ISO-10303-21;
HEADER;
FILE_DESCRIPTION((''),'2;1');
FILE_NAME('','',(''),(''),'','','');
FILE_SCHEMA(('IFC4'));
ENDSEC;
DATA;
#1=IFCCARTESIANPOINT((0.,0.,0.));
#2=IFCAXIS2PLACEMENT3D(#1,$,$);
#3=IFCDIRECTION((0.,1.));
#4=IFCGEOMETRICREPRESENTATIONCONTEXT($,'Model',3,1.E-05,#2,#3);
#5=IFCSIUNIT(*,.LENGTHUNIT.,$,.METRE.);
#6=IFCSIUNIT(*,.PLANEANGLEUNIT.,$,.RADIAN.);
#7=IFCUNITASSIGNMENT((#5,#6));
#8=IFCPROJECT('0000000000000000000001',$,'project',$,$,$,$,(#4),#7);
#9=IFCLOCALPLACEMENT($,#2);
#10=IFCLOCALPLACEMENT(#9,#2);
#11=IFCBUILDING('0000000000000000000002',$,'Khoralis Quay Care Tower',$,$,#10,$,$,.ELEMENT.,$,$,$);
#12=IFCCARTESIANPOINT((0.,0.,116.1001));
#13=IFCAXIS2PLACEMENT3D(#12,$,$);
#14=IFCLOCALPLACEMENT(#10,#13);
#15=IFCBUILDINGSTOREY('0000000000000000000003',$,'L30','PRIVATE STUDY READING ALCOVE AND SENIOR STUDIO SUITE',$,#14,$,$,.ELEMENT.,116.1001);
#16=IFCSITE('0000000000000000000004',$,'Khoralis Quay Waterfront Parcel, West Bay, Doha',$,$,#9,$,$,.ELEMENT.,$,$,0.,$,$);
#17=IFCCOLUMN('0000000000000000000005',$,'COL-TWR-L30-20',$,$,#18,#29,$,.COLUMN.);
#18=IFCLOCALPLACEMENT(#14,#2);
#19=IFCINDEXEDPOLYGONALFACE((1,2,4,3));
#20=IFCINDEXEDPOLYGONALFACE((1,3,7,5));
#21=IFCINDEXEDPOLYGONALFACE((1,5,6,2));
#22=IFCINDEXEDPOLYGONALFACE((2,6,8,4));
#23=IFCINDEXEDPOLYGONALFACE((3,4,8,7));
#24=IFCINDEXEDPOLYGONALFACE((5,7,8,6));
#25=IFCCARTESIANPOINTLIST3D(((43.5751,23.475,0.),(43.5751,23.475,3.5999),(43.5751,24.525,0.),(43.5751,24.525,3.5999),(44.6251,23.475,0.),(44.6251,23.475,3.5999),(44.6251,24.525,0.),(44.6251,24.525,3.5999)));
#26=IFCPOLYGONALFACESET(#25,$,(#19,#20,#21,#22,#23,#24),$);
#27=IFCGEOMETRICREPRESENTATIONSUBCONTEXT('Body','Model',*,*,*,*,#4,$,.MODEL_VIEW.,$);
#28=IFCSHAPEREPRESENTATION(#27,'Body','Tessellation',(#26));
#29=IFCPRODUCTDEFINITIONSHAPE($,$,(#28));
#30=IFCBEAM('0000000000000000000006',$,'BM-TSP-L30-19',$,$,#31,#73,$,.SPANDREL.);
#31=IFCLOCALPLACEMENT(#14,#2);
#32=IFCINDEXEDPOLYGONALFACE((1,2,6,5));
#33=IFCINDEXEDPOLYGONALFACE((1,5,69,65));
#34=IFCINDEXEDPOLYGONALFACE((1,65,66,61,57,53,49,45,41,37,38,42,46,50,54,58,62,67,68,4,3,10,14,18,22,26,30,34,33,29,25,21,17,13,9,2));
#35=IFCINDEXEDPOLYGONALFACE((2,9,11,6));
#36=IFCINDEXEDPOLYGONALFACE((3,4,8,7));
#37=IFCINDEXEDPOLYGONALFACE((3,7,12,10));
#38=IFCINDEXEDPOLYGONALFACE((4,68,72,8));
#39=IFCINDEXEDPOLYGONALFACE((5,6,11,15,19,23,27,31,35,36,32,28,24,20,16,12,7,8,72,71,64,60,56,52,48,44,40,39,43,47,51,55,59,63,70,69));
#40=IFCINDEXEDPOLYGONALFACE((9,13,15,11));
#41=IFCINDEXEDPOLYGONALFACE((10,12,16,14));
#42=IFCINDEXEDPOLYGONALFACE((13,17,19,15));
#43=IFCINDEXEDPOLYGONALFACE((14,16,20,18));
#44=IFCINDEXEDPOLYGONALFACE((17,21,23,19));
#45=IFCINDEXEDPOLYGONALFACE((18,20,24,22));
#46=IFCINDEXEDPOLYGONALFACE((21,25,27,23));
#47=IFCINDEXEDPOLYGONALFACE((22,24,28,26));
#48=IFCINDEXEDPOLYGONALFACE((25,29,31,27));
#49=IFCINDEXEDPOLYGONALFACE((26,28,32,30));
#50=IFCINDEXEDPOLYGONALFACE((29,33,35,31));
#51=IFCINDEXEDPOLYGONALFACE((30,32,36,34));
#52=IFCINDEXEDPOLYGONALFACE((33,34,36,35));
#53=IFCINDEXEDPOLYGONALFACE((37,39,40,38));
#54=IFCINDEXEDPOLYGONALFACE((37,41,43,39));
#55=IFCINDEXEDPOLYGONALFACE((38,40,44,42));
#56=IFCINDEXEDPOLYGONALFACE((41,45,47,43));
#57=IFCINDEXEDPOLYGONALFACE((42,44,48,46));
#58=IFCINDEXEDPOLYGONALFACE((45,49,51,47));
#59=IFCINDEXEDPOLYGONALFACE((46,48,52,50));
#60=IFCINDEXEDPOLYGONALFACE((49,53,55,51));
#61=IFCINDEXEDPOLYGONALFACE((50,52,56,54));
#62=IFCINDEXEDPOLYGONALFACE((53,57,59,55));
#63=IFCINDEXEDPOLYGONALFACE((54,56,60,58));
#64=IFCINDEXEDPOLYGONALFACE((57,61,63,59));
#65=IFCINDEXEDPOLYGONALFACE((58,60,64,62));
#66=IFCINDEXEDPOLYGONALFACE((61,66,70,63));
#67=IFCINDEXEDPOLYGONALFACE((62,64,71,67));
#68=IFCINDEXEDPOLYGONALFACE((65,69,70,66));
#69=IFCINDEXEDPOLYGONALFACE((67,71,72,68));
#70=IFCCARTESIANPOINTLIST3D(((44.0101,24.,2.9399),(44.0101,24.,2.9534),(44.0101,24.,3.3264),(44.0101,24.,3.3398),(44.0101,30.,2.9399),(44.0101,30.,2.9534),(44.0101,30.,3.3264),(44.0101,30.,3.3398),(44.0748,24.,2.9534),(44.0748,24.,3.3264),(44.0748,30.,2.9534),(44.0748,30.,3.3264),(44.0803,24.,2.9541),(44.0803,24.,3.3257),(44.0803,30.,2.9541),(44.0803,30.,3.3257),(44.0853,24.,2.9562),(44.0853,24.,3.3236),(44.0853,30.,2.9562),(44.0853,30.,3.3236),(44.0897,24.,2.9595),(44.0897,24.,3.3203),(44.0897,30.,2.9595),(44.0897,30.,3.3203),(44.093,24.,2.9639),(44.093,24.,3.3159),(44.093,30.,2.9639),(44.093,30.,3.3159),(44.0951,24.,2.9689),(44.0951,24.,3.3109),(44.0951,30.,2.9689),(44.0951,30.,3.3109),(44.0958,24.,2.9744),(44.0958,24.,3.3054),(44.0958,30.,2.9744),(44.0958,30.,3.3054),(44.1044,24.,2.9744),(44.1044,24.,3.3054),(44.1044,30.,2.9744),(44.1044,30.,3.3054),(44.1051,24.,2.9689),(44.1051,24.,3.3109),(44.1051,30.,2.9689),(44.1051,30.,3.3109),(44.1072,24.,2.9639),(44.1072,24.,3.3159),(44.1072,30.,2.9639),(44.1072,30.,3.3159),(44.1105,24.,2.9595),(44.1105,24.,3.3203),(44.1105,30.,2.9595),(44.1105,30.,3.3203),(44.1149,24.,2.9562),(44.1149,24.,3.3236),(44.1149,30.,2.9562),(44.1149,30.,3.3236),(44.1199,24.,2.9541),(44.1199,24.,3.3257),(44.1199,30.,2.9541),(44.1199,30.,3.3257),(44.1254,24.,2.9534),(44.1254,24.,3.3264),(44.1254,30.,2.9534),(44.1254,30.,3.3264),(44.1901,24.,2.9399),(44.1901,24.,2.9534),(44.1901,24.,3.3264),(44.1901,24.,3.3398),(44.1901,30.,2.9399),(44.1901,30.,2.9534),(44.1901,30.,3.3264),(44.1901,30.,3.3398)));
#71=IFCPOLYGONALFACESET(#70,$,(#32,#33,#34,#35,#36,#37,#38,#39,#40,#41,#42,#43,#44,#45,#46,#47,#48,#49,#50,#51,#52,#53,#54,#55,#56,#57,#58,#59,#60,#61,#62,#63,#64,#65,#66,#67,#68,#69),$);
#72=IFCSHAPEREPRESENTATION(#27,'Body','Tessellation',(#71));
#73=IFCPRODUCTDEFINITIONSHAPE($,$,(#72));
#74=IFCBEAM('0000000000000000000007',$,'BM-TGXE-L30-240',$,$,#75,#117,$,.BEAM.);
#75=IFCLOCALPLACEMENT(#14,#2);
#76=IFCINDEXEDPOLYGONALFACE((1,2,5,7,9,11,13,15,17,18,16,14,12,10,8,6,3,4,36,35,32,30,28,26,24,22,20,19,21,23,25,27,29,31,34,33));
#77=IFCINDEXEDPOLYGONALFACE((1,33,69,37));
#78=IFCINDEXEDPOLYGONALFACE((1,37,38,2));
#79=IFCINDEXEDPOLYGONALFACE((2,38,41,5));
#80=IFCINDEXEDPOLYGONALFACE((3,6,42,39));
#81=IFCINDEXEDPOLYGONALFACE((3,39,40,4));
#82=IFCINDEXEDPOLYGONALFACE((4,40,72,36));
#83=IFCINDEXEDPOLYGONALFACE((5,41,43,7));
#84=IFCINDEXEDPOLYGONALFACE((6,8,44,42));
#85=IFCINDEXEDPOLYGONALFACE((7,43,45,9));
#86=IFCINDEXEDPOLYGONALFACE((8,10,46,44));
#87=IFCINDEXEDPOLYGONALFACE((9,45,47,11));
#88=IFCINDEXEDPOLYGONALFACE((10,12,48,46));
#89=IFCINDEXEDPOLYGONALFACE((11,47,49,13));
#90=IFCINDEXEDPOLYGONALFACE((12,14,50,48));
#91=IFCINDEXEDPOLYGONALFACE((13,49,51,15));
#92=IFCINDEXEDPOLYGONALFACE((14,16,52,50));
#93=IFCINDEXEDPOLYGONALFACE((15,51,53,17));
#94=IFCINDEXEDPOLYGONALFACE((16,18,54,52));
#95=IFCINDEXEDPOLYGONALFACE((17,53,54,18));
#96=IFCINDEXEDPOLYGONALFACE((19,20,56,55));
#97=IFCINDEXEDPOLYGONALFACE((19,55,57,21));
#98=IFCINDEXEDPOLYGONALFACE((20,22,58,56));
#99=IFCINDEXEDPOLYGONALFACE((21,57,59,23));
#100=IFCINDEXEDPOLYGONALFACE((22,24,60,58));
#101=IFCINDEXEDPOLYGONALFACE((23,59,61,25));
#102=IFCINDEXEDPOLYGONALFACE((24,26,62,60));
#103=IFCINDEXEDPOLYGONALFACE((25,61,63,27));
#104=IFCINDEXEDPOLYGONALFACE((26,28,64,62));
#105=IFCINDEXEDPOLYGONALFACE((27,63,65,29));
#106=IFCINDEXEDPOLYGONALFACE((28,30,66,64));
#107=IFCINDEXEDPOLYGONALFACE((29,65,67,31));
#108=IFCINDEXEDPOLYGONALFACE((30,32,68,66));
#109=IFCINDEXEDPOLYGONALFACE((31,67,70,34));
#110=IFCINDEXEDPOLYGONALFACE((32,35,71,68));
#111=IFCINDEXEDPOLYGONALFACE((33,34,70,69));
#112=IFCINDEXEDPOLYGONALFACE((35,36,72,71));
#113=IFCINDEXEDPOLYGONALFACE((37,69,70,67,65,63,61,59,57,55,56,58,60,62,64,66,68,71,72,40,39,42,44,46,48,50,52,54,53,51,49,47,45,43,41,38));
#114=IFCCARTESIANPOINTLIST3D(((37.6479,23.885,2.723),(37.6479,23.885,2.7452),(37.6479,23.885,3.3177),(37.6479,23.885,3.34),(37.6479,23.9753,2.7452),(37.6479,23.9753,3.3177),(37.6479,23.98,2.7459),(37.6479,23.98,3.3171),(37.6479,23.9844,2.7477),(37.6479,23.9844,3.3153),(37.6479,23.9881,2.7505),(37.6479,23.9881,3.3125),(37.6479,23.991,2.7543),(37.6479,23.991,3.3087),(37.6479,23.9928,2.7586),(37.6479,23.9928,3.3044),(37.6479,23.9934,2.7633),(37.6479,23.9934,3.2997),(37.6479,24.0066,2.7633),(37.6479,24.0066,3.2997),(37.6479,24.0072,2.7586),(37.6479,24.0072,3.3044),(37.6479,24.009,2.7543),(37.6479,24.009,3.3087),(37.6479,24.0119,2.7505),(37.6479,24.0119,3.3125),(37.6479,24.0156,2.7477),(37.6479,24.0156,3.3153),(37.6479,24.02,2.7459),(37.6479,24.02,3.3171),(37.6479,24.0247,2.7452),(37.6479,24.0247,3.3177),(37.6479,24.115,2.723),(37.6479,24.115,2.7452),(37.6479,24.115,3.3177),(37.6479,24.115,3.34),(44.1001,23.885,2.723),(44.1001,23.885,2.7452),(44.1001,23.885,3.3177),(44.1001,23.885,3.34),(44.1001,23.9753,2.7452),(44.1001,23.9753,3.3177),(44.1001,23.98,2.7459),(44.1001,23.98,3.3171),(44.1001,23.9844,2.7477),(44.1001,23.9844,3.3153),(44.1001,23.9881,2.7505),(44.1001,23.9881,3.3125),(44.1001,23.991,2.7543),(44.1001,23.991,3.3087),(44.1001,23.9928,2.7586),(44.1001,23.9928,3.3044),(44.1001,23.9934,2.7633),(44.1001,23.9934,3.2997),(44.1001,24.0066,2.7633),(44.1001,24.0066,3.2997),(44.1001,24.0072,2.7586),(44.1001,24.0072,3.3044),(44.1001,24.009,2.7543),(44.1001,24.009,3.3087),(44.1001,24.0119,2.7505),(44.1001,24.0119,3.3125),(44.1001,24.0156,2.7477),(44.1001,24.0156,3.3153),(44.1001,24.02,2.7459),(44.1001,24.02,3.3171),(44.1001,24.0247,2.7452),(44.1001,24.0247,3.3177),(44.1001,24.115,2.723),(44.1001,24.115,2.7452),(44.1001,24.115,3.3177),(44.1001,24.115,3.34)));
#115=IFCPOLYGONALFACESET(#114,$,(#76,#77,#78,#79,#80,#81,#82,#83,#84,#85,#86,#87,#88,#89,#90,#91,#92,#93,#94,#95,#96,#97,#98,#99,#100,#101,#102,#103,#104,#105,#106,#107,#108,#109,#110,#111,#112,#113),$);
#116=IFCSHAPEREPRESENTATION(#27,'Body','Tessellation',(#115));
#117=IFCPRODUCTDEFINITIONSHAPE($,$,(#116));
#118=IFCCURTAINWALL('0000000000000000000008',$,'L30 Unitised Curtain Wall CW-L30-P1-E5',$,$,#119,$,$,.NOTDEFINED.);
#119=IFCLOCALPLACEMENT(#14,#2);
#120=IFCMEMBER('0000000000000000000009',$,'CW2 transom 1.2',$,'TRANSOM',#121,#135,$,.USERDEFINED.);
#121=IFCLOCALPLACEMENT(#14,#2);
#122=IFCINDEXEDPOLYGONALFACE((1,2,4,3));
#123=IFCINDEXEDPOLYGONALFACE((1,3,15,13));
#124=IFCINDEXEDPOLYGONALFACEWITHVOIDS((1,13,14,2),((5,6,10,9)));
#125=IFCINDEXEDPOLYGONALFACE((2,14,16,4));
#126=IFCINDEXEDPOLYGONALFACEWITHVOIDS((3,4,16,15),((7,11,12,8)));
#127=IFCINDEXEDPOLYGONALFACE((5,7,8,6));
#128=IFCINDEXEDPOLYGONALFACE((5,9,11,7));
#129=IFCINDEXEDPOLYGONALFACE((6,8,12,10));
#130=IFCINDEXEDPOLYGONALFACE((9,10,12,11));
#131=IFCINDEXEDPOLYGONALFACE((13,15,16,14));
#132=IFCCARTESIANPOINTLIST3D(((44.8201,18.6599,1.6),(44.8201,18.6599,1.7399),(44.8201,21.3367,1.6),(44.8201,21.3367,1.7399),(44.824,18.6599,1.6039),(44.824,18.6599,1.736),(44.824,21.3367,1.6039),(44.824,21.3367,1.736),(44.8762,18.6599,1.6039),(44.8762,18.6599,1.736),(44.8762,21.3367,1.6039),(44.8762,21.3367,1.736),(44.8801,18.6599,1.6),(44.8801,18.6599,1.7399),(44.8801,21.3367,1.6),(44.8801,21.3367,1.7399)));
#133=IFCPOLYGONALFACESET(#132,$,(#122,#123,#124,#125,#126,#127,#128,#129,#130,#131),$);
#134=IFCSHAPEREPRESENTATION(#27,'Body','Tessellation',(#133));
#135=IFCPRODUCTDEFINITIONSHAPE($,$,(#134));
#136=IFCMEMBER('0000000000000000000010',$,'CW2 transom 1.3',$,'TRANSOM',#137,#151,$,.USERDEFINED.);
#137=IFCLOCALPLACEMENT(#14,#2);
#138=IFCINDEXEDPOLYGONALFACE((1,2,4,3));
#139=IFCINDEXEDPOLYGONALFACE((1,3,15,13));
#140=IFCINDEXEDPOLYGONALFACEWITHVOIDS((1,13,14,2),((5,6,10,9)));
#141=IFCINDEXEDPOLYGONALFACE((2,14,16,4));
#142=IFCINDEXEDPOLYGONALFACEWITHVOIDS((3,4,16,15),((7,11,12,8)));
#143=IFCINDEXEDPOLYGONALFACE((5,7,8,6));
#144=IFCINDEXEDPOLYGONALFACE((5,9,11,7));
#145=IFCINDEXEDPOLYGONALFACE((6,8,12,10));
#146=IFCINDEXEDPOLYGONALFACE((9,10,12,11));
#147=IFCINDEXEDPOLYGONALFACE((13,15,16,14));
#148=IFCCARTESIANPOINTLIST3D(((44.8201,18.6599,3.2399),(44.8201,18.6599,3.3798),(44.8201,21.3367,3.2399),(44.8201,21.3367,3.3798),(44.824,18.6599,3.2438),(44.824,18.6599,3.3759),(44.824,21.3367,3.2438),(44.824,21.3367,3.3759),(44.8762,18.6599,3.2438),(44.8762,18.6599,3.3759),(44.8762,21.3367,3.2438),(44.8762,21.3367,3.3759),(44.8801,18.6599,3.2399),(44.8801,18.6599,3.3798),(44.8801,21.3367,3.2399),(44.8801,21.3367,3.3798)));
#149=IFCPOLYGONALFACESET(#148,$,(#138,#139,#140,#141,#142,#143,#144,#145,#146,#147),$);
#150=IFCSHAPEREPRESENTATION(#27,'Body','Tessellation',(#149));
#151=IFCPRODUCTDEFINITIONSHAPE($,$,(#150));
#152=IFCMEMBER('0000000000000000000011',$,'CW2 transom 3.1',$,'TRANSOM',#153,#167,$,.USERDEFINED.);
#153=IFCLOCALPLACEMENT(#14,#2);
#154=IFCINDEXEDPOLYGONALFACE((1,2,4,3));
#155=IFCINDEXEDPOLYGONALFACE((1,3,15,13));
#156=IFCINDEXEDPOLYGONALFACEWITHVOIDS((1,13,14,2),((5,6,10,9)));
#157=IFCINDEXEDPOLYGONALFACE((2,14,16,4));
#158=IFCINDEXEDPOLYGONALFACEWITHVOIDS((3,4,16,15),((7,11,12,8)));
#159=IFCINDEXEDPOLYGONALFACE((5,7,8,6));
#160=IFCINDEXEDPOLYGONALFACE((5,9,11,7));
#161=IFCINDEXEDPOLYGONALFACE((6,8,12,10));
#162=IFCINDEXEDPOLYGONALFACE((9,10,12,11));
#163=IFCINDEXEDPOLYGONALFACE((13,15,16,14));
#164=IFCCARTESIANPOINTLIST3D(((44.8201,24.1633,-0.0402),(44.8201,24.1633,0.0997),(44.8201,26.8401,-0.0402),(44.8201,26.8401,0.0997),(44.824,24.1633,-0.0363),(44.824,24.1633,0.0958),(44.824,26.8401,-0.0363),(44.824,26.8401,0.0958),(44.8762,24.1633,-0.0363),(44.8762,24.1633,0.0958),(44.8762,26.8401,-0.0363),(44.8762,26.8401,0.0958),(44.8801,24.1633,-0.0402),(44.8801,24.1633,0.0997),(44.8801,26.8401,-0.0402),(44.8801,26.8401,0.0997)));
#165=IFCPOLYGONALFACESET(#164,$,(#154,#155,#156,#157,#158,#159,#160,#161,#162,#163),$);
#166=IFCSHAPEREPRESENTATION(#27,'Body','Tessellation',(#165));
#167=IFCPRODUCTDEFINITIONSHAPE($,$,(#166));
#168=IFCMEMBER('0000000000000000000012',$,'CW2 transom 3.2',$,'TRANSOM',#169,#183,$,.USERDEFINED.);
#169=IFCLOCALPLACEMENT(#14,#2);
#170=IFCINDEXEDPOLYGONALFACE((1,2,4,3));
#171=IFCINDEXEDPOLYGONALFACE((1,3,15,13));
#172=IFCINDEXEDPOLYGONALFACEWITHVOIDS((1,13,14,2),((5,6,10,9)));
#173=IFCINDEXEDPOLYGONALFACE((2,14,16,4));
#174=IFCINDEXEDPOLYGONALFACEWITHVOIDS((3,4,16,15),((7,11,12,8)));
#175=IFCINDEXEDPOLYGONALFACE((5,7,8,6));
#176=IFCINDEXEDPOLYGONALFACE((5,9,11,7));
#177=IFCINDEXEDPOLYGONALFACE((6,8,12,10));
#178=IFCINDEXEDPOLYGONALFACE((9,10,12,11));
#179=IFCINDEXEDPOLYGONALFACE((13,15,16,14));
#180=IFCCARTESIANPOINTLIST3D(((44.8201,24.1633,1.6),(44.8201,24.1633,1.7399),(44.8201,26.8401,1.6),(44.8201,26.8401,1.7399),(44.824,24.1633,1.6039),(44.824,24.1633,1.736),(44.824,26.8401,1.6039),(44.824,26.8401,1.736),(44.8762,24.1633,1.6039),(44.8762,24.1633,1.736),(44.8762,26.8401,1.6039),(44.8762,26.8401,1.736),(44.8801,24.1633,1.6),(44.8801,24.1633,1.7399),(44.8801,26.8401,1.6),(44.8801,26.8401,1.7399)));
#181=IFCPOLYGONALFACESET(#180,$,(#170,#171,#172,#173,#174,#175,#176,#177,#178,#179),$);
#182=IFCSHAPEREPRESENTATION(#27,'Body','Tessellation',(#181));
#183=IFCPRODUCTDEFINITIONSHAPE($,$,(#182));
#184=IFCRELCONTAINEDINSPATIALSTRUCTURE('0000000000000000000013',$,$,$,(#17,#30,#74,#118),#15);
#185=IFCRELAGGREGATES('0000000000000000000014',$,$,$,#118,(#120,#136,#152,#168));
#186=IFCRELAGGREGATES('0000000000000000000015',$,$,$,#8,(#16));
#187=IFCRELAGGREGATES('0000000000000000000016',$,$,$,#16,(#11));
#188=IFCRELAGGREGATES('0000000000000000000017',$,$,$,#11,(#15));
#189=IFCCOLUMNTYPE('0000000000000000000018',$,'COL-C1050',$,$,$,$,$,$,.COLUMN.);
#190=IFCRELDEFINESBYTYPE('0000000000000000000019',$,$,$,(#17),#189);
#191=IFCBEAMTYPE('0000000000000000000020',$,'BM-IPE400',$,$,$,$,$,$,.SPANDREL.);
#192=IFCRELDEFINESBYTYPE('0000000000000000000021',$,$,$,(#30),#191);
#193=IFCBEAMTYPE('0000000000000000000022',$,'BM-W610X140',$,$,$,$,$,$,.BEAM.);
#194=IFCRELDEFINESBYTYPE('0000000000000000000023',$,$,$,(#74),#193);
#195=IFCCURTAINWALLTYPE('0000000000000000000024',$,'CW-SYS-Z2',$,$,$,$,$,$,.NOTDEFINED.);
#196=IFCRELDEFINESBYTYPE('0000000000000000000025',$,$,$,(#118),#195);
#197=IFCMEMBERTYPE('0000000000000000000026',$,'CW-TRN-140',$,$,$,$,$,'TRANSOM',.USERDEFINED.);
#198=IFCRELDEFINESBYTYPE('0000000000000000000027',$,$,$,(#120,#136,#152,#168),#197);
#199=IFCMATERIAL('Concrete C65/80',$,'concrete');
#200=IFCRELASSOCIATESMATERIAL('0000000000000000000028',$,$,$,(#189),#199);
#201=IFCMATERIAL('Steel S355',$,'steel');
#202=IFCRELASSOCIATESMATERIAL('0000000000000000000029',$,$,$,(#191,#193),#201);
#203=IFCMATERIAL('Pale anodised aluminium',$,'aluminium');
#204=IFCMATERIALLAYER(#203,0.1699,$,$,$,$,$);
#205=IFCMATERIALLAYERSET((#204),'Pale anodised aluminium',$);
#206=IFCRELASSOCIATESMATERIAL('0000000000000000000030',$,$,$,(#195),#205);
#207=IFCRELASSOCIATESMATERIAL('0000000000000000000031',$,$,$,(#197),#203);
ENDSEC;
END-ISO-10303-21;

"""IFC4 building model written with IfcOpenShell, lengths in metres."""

from ifc_helpers import new_model, si_unit, direction, frame, origin, origin_2d, place, context, subcontext, project, spatial, rectangle, hollow_rectangle, i_section, extrude, source, transform, mapped, material, layer, layer_set, material_profile, profile_set, type_object, element, aggregate, save


model = new_model("IFC4")

# Units and contexts
model_context = context("Model", 3, precision=1e-05, world=origin(), true_north=direction((0.0, 1.0)))
body_context = subcontext(model_context, "Body", "Model", "MODEL_VIEW")
ifc_project = project(units=[si_unit("LENGTHUNIT", "METRE"), si_unit("PLANEANGLEUNIT", "RADIAN")], contexts=[model_context])

# Site, building, storey
site_placement = place(None, origin())
site = spatial("IfcSite", under=ifc_project, at=site_placement, Name="Khoralis Quay Waterfront Parcel, West Bay, Doha", CompositionType="ELEMENT", RefElevation=0.0)
building_placement = place(site_placement, origin())
building = spatial("IfcBuilding", under=site, at=building_placement, Name="Khoralis Quay Care Tower", CompositionType="ELEMENT")
storey_placement = place(building_placement, frame((0.0, 0.0, 116.1001)))
storey = spatial("IfcBuildingStorey", under=building, at=storey_placement, Name="L30", Description="PRIVATE STUDY READING ALCOVE AND SENIOR STUDIO SUITE", CompositionType="ELEMENT", Elevation=116.1001)

# Column
ifc_material_1 = material(Name="Concrete C65/80", Category="concrete")
ifc_material_profile_1 = material_profile(ifc_material_1, rectangle(XDim=1.05, YDim=1.05, at=origin_2d()), Name="Concrete C65/80")
ifc_profile_set_1 = profile_set([ifc_material_profile_1], Name="Concrete C65/80")
column_type = type_object("IfcColumnType", Name="COL-C1050", PredefinedType="COLUMN", material=ifc_profile_set_1)
shared_shape_1 = source(origin(), body_context, "Body", "SweptSolid", [
    extrude(rectangle(XDim=1.05, YDim=1.05, at=origin_2d()), origin(), (0.0, 0.0, 1.0), 3.5999),
])
column_placement = place(storey_placement, frame((44.1001, 24.0, 0.0), z_axis=(0.0, 0.0, 1.0), x_axis=(1.0, 0.0, 0.0)))
element("IfcColumn", 1, at=column_placement, inside=storey, type_object=column_type, Name="COL-TWR-L30-20", PredefinedType="COLUMN", context=body_context, shape_type="MappedRepresentation", body=[
    mapped(shared_shape_1, transform((0.0, 0.0, 0.0), scale=1.0)),
])

# Beams
ifc_material_2 = material(Name="Steel S355", Category="steel")
ifc_material_profile_2 = material_profile(ifc_material_2, i_section(OverallWidth=0.1799, OverallDepth=0.3999, WebThickness=0.0085, FlangeThickness=0.0134, FilletRadius=0.021, at=origin_2d()), Name="Steel S355")
ifc_profile_set_2 = profile_set([ifc_material_profile_2], Name="Steel S355")
beam_type_1 = type_object("IfcBeamType", Name="BM-IPE400", PredefinedType="SPANDREL", material=ifc_profile_set_2)
shared_shape_2 = source(origin(), body_context, "Body", "SweptSolid", [
    extrude(i_section(OverallWidth=0.1799, OverallDepth=0.3999, WebThickness=0.0085, FlangeThickness=0.0134, FilletRadius=0.021, at=origin_2d()), origin(), (0.0, 0.0, 1.0), 6.0),
])
beam_1_placement = place(storey_placement, frame((44.1001, 24.0, 3.1399), z_axis=(0.0, 1.0, 0.0), x_axis=(-1.0, 0.0, 0.0)))
element("IfcBeam", 2, at=beam_1_placement, inside=storey, type_object=beam_type_1, Name="BM-TSP-L30-19", PredefinedType="SPANDREL", context=body_context, shape_type="MappedRepresentation", body=[
    mapped(shared_shape_2, transform((0.0, 0.0, 0.0), scale=1.0)),
])
ifc_material_profile_3 = material_profile(ifc_material_2, i_section(OverallWidth=0.23, OverallDepth=0.6169, WebThickness=0.0132, FlangeThickness=0.0222, FilletRadius=0.0181, at=origin_2d()), Name="Steel S355")
ifc_profile_set_3 = profile_set([ifc_material_profile_3], Name="Steel S355")
beam_type_2 = type_object("IfcBeamType", Name="BM-W610X140", PredefinedType="BEAM", material=ifc_profile_set_3)
shared_shape_3 = source(origin(), body_context, "Body", "SweptSolid", [
    extrude(i_section(OverallWidth=0.23, OverallDepth=0.6169, WebThickness=0.0132, FlangeThickness=0.0222, FilletRadius=0.0181, at=origin_2d()), origin(), (0.0, 0.0, 1.0), 6.4521),
])
beam_2_placement = place(storey_placement, frame((37.6479, 24.0, 3.0315), z_axis=(1.0, 0.0, 0.0), x_axis=(0.0, 1.0, 0.0)))
element("IfcBeam", 3, at=beam_2_placement, inside=storey, type_object=beam_type_2, Name="BM-TGXE-L30-240", PredefinedType="BEAM", context=body_context, shape_type="MappedRepresentation", body=[
    mapped(shared_shape_3, transform((0.0, 0.0, 0.0), scale=1.0)),
])

# Curtain wall, members
ifc_material_3 = material(Name="Pale anodised aluminium", Category="aluminium")
ifc_layer_1 = layer(ifc_material_3, 0.1699)
ifc_layer_set_1 = layer_set([ifc_layer_1], Name="Pale anodised aluminium")
curtain_wall_type = type_object("IfcCurtainWallType", Name="CW-SYS-Z2", PredefinedType="NOTDEFINED", material=ifc_layer_set_1)
curtain_wall_placement = place(storey_placement, origin())
curtain_wall = element("IfcCurtainWall", 4, at=curtain_wall_placement, inside=storey, type_object=curtain_wall_type, Name="L30 Unitised Curtain Wall CW-L30-P1-E5", PredefinedType="NOTDEFINED")
ifc_material_profile_4 = material_profile(ifc_material_3, hollow_rectangle(XDim=0.0601, YDim=0.1399, WallThickness=0.0039, at=origin_2d()), Name="Pale anodised aluminium")
ifc_profile_set_4 = profile_set([ifc_material_profile_4], Name="Pale anodised aluminium")
member_type_1 = type_object("IfcMemberType", Name="CW-TRN-140", ElementType="TRANSOM", PredefinedType="USERDEFINED", material=ifc_profile_set_4)
shared_shape_4 = source(origin(), body_context, "Body", "SweptSolid", [
    extrude(hollow_rectangle(XDim=0.0601, YDim=0.1399, WallThickness=0.0039, at=origin_2d()), origin(), (0.0, 0.0, 1.0), 2.6768),
])
member_1_placement = place(storey_placement, frame((44.8501, 18.6599, 1.6699), z_axis=(0.0, 1.0, 0.0), x_axis=(-1.0, 0.0, 0.0)))
member_1 = element("IfcMember", 5, at=member_1_placement, type_object=member_type_1, Name="CW2 transom 1.2", ObjectType="TRANSOM", PredefinedType="USERDEFINED", context=body_context, shape_type="MappedRepresentation", body=[
    mapped(shared_shape_4, transform((0.0, 0.0, 0.0), scale=1.0)),
])
member_2_placement = place(storey_placement, frame((44.8501, 18.6599, 3.3098), z_axis=(0.0, 1.0, 0.0), x_axis=(-1.0, 0.0, 0.0)))
member_2 = element("IfcMember", 6, at=member_2_placement, type_object=member_type_1, Name="CW2 transom 1.3", ObjectType="TRANSOM", PredefinedType="USERDEFINED", context=body_context, shape_type="MappedRepresentation", body=[
    mapped(shared_shape_4, transform((0.0, 0.0, 0.0), scale=1.0)),
])
member_3_placement = place(storey_placement, frame((44.8501, 24.1633, 0.0298), z_axis=(0.0, 1.0, 0.0), x_axis=(-1.0, 0.0, 0.0)))
member_3 = element("IfcMember", 7, at=member_3_placement, type_object=member_type_1, Name="CW2 transom 3.1", ObjectType="TRANSOM", PredefinedType="USERDEFINED", context=body_context, shape_type="MappedRepresentation", body=[
    mapped(shared_shape_4, transform((0.0, 0.0, 0.0), scale=1.0)),
])
member_4_placement = place(storey_placement, frame((44.8501, 24.1633, 1.6699), z_axis=(0.0, 1.0, 0.0), x_axis=(-1.0, 0.0, 0.0)))
member_4 = element("IfcMember", 8, at=member_4_placement, type_object=member_type_1, Name="CW2 transom 3.2", ObjectType="TRANSOM", PredefinedType="USERDEFINED", context=body_context, shape_type="MappedRepresentation", body=[
    mapped(shared_shape_4, transform((0.0, 0.0, 0.0), scale=1.0)),
])
aggregate(curtain_wall, [member_1, member_2, member_3, member_4])

save(model, "model.ifc")
